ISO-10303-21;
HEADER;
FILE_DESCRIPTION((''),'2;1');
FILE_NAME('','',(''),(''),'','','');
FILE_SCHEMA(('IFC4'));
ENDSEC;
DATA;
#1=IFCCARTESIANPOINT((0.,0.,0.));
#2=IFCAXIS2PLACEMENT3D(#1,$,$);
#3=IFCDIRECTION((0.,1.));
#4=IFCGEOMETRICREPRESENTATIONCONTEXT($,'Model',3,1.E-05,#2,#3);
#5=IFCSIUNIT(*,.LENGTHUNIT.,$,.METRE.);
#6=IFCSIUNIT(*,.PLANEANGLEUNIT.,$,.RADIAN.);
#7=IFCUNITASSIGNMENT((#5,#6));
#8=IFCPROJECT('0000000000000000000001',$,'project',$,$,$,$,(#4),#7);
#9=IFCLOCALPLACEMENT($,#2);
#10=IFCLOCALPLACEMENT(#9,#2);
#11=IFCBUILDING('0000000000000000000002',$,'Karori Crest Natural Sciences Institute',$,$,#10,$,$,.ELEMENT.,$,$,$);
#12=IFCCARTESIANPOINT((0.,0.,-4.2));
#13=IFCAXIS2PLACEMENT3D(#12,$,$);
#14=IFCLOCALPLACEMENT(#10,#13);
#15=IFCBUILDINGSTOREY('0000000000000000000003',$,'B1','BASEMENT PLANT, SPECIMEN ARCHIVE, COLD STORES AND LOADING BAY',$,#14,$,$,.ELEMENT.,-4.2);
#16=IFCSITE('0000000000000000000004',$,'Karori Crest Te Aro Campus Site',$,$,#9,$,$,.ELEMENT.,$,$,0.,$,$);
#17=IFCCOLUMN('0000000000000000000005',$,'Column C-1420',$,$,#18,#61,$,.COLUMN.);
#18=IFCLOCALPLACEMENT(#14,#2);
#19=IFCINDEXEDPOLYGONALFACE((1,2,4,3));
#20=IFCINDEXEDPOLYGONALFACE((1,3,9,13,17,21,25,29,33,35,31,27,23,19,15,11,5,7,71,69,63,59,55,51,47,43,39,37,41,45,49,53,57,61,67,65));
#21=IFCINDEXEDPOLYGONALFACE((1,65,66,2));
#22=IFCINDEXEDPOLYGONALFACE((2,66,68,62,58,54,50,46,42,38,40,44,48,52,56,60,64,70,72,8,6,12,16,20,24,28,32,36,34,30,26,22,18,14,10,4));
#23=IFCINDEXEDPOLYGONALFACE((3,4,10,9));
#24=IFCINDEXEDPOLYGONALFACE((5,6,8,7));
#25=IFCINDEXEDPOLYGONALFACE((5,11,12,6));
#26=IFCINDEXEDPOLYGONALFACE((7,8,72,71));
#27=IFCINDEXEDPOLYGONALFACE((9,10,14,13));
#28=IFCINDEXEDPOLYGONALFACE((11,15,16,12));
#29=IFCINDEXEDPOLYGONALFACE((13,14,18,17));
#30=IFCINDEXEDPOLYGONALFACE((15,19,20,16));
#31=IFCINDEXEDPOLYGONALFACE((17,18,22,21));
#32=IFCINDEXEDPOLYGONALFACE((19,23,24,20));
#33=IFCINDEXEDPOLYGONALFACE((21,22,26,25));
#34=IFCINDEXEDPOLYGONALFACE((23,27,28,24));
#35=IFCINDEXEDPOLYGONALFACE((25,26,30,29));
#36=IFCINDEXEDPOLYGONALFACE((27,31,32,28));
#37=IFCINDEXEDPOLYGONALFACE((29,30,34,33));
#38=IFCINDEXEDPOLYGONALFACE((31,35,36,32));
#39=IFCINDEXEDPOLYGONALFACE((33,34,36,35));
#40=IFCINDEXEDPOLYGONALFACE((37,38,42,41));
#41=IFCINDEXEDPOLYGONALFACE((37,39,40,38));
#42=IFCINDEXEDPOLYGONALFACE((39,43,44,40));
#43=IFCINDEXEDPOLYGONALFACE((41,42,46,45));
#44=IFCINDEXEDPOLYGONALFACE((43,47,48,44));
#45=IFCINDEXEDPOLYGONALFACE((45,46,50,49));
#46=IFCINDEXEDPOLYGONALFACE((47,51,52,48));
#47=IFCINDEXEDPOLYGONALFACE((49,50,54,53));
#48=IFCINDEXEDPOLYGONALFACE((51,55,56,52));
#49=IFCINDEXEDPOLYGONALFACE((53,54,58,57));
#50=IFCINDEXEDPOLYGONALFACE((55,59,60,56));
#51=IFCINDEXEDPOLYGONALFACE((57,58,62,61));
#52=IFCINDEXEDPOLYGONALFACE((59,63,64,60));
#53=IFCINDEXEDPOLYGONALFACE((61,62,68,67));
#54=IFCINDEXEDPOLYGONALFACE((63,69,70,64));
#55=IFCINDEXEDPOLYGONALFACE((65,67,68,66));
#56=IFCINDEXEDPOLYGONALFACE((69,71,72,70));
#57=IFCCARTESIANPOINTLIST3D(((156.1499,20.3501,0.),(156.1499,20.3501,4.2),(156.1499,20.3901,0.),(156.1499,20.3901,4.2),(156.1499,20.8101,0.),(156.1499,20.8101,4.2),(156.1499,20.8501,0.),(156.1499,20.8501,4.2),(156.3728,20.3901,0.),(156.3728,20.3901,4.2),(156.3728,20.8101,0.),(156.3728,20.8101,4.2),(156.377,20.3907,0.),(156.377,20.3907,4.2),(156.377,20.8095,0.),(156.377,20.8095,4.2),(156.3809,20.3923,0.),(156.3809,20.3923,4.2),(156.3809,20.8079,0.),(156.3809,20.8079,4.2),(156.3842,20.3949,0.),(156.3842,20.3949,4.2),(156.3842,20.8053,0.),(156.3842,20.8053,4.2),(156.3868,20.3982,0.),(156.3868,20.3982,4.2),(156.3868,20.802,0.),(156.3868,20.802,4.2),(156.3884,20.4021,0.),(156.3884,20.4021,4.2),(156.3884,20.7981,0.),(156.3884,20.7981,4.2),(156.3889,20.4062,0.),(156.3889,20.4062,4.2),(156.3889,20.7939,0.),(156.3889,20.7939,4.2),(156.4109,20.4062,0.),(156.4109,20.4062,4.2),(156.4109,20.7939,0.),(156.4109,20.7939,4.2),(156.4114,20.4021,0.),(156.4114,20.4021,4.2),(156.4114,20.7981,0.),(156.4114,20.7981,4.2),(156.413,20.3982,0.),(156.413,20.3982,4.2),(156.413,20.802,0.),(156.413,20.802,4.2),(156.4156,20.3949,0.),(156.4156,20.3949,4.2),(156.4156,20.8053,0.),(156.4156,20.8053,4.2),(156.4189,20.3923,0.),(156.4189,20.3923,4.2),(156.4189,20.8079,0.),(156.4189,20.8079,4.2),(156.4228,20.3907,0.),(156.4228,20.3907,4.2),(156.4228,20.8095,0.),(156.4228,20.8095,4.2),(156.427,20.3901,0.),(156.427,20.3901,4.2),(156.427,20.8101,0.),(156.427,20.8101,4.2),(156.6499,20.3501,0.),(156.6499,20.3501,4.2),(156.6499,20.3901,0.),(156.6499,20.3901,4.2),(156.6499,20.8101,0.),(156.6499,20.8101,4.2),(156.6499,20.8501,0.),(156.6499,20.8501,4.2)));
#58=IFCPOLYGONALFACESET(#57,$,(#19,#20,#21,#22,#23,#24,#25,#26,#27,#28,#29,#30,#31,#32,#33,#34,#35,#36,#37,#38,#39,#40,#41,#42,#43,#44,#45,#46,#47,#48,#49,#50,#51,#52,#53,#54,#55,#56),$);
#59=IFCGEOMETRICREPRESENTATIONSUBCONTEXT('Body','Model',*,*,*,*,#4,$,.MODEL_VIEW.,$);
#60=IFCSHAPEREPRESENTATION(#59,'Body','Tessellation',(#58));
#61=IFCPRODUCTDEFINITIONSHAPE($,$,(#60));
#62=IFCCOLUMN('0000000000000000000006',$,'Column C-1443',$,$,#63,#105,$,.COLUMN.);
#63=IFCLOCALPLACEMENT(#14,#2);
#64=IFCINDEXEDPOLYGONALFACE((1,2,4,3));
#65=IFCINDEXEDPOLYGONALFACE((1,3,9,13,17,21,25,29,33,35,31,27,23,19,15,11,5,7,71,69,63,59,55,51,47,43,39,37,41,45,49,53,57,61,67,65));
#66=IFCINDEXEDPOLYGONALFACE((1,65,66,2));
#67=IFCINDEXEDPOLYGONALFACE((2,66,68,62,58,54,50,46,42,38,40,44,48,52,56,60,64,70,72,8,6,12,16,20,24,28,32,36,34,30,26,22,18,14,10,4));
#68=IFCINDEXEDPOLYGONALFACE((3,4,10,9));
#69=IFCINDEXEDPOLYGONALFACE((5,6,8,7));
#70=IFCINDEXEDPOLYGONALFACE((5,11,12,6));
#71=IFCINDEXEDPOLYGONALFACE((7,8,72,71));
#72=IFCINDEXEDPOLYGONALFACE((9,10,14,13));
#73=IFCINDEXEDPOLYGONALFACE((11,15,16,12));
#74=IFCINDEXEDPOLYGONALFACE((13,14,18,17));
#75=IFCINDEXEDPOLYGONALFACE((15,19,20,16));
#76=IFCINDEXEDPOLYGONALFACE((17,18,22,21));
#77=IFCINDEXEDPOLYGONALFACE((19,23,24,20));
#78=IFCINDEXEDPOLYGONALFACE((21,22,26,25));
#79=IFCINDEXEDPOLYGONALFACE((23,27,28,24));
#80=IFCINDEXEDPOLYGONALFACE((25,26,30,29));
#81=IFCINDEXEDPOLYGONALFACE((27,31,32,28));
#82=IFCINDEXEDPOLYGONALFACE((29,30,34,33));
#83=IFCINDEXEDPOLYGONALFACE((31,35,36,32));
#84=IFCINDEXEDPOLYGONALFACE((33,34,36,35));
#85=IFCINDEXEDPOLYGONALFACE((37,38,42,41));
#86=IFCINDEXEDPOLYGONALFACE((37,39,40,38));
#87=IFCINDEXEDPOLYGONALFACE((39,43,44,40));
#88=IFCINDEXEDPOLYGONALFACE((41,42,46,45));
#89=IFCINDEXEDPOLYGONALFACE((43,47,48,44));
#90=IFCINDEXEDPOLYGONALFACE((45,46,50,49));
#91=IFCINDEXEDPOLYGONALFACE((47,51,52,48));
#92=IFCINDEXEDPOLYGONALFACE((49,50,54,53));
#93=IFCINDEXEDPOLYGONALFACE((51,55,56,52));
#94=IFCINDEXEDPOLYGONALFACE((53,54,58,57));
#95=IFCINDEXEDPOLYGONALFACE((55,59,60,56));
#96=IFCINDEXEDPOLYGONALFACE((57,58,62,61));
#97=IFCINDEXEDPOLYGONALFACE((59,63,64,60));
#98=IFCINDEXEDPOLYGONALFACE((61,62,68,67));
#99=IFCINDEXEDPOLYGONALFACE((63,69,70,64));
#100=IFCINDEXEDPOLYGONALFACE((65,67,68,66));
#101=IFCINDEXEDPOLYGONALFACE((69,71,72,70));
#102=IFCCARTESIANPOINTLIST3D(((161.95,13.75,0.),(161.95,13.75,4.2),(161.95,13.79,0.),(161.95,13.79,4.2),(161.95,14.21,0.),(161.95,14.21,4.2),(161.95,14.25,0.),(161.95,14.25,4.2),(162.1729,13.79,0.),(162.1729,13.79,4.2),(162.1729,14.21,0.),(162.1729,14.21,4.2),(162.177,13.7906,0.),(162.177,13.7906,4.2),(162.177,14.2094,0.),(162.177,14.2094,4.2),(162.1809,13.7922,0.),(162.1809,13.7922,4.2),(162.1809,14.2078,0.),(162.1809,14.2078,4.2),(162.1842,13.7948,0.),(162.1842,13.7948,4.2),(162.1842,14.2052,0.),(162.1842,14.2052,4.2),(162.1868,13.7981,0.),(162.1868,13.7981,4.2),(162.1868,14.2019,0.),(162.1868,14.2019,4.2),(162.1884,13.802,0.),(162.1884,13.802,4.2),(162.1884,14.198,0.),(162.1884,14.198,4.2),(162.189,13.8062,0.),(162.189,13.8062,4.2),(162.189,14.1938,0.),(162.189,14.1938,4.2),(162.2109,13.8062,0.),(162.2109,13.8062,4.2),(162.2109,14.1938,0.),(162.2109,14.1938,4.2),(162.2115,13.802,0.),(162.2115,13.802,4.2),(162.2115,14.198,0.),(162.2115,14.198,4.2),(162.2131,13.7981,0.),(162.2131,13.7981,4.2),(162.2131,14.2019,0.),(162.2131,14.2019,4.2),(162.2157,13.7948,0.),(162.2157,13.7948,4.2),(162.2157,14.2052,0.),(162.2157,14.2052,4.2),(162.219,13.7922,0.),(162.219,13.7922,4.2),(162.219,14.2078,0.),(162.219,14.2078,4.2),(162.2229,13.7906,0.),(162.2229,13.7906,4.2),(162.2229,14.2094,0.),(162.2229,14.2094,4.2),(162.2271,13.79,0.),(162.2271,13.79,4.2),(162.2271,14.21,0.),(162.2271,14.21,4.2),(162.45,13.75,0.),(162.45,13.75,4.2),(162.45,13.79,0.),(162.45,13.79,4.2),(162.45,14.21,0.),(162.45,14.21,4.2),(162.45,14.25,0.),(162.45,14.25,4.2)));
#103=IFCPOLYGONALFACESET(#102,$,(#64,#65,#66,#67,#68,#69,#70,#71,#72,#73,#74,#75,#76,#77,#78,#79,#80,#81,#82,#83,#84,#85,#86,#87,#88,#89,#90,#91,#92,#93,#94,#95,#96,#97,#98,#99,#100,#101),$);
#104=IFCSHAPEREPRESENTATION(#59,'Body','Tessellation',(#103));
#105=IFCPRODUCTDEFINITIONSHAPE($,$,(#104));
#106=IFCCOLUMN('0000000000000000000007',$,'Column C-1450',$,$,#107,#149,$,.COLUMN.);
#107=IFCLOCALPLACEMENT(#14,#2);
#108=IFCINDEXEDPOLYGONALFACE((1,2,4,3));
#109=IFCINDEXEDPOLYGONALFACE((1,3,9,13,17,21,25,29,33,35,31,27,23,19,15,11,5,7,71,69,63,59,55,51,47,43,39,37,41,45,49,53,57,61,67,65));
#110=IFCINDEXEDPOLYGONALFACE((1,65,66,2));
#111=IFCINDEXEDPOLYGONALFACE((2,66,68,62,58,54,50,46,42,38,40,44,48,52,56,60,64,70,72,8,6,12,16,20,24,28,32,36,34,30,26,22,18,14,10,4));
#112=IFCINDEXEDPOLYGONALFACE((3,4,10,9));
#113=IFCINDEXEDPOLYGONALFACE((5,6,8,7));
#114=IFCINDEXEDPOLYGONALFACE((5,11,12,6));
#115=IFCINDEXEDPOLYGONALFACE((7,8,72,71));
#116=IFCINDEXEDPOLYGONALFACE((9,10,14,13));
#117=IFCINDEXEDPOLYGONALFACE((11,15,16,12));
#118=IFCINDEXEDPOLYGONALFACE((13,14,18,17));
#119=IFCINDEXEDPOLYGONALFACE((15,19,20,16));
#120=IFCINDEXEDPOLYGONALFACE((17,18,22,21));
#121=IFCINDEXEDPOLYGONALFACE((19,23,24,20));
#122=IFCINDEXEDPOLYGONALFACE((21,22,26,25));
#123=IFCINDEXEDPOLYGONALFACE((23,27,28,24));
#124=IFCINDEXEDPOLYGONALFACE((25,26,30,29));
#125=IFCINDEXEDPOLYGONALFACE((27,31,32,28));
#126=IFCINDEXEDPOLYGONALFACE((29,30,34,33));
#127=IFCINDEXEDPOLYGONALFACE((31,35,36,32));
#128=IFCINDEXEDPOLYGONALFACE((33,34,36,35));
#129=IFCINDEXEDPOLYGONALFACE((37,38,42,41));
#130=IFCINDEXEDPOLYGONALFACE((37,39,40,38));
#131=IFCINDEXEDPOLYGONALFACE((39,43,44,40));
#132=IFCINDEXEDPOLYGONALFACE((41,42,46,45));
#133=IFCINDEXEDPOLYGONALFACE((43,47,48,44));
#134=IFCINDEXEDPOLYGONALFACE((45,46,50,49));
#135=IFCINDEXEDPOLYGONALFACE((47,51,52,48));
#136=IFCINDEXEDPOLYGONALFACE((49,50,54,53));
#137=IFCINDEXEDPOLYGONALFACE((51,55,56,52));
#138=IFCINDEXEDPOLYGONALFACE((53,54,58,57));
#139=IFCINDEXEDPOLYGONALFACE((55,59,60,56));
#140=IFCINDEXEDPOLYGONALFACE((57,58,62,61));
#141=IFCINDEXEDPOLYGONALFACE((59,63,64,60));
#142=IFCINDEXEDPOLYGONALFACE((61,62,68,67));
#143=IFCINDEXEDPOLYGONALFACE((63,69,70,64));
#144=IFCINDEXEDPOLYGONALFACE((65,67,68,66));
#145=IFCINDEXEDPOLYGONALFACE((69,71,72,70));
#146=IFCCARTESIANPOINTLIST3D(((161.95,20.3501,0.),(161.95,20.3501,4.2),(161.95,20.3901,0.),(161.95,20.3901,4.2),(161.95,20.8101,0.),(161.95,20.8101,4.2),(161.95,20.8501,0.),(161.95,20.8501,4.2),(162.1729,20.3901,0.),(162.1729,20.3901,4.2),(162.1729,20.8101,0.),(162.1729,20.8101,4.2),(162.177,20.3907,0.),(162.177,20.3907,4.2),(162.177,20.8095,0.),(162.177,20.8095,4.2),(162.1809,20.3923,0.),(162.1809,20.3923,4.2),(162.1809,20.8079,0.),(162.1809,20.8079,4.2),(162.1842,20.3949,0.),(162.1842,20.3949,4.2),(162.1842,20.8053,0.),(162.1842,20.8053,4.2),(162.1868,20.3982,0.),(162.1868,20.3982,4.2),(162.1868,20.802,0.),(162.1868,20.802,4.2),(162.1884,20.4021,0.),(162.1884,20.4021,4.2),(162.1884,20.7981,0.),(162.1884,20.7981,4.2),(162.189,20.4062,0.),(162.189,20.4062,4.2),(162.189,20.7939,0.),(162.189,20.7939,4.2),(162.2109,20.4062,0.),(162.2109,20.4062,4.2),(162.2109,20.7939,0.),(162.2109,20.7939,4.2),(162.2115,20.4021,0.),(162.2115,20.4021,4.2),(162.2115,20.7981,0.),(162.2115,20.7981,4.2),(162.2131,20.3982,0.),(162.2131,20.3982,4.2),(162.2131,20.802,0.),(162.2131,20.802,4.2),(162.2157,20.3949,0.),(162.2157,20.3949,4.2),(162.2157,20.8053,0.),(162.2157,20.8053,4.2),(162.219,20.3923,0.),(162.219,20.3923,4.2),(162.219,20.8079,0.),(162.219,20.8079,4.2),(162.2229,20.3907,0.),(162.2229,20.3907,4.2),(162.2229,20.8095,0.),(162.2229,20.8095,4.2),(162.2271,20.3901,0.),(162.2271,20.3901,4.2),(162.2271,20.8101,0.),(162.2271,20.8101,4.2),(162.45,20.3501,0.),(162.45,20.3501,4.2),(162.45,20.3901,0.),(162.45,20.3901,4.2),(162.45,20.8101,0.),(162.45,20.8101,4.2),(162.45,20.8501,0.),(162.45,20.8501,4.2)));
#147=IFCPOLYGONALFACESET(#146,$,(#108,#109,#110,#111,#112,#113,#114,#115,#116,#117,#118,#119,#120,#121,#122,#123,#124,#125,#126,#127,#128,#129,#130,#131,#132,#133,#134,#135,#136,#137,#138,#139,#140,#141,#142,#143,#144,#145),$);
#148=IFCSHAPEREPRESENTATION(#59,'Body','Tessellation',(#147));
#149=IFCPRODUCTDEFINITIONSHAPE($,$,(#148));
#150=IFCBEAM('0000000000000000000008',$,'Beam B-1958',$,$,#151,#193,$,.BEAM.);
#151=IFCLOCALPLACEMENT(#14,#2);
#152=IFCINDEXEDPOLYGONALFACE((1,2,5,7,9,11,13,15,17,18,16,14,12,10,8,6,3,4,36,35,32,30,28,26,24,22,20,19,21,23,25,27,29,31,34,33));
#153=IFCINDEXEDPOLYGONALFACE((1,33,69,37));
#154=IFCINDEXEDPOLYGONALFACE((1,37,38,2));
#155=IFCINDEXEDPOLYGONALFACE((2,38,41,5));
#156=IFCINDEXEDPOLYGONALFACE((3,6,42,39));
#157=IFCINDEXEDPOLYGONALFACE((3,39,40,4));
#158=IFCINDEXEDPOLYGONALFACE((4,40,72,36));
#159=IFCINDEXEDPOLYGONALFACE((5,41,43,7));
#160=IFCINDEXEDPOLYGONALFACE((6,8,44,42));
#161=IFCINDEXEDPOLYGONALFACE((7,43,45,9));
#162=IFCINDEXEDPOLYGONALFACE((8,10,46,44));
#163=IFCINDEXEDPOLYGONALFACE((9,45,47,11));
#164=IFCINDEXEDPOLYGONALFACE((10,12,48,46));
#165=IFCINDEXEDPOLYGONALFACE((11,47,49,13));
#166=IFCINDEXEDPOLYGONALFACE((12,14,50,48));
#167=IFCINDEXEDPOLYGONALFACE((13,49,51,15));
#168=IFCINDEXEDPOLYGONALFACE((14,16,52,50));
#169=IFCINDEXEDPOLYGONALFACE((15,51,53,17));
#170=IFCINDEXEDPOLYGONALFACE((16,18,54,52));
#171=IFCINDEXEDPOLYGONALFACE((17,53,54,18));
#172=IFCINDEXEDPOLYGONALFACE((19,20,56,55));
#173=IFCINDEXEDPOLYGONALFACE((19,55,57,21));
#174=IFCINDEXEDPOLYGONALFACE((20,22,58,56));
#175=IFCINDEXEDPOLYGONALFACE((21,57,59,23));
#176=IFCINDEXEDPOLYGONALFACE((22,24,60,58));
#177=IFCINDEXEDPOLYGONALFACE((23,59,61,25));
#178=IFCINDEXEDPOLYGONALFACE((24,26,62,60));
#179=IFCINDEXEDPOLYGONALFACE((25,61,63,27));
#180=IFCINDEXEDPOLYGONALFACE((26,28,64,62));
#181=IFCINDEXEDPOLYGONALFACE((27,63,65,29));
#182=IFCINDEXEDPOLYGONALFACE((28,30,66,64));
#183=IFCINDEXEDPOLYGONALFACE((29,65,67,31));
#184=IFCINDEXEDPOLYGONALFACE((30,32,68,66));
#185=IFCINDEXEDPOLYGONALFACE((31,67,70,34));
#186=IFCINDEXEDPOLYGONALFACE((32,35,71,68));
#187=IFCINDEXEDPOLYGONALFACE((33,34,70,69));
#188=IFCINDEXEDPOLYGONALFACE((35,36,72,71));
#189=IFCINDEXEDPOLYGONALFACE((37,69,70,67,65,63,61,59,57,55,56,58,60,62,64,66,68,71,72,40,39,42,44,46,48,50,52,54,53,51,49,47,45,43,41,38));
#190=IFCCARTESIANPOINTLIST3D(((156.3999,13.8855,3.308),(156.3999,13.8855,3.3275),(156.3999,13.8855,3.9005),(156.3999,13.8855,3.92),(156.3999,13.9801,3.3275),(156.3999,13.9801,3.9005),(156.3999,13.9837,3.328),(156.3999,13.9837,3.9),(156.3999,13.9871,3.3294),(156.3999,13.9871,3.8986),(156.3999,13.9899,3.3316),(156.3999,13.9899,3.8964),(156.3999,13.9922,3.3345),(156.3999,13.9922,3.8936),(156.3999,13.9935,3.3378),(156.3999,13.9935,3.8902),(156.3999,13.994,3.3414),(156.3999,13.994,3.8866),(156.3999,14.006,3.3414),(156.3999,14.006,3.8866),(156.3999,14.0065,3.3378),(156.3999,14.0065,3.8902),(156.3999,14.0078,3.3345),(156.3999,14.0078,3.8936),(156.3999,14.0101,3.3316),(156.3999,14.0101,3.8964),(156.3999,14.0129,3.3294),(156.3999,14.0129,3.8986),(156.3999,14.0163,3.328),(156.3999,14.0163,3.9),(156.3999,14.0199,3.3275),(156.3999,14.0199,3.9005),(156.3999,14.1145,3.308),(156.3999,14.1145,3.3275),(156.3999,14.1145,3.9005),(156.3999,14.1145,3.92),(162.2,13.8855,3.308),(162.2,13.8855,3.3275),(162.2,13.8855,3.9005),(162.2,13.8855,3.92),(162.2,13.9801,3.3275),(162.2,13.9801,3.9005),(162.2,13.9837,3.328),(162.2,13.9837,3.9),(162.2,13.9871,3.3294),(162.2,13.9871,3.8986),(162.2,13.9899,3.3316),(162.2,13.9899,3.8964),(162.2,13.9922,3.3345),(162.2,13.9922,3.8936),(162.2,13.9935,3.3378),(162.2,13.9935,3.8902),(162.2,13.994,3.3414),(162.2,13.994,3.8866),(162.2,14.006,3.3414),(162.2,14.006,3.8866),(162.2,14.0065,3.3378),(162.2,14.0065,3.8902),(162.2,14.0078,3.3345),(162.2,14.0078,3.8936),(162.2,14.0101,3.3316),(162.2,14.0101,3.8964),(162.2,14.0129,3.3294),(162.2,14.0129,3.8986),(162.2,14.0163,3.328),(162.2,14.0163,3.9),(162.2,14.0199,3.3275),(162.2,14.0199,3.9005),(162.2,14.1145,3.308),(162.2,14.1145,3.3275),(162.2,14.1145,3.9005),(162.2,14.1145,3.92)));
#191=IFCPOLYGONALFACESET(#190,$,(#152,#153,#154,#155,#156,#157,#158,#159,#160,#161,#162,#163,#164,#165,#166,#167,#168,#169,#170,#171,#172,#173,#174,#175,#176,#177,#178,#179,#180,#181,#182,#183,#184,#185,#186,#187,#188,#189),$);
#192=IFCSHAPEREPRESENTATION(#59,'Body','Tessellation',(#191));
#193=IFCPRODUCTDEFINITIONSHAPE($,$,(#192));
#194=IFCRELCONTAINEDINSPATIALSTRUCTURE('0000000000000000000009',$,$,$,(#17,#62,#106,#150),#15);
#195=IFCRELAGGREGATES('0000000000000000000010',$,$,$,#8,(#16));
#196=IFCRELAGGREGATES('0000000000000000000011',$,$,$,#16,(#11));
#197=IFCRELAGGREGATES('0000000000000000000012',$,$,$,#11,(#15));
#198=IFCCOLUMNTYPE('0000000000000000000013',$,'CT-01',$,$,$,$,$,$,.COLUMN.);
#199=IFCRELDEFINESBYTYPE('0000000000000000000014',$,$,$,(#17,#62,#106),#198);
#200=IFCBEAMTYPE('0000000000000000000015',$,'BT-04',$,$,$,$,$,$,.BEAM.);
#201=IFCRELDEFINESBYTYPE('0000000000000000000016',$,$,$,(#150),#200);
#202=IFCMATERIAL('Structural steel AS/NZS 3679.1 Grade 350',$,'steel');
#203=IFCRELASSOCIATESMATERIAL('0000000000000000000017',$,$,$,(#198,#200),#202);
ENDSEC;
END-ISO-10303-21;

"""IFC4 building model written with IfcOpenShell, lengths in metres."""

from ifc_helpers import new_model, si_unit, direction, frame, origin, origin_2d, place, context, subcontext, project, spatial, i_section, extrude, material, material_profile, profile_set, type_object, element, save


model = new_model("IFC4")

# Units and contexts
model_context = context("Model", 3, precision=1e-05, world=origin(), true_north=direction((0.0, 1.0)))
body_context = subcontext(model_context, "Body", "Model", "MODEL_VIEW")
ifc_project = project(units=[si_unit("LENGTHUNIT", "METRE"), si_unit("PLANEANGLEUNIT", "RADIAN")], contexts=[model_context])

# Site, building, storey
site_placement = place(None, origin())
site = spatial("IfcSite", under=ifc_project, at=site_placement, Name="Karori Crest Te Aro Campus Site", CompositionType="ELEMENT", RefElevation=0.0)
building_placement = place(site_placement, origin())
building = spatial("IfcBuilding", under=site, at=building_placement, Name="Karori Crest Natural Sciences Institute", CompositionType="ELEMENT")
storey_placement = place(building_placement, frame((0.0, 0.0, -4.2)))
storey = spatial("IfcBuildingStorey", under=building, at=storey_placement, Name="B1", Description="BASEMENT PLANT, SPECIMEN ARCHIVE, COLD STORES AND LOADING BAY", CompositionType="ELEMENT", Elevation=-4.2)

# Columns
ifc_material_1 = material(Name="Structural steel AS/NZS 3679.1 Grade 350", Category="steel")
ifc_material_profile_1 = material_profile(ifc_material_1, i_section(OverallWidth=0.5, OverallDepth=0.5, WebThickness=0.022, FlangeThickness=0.04, FilletRadius=0.0161, at=origin_2d()), Name="500WC440")
ifc_profile_set_1 = profile_set([ifc_material_profile_1], Name="Structural steel AS/NZS 3679.1 Grade 350")
column_type = type_object("IfcColumnType", Name="CT-01", PredefinedType="COLUMN", material=ifc_profile_set_1)
for number, where, z_axis, x_axis, name in (
    (1, (156.3999, 20.6001, 0.0), (0.0, 0.0, 1.0), (1.0, 0.0, 0.0), "Column C-1420"),
    (2, (162.2, 14.0, 0.0), (0.0, 0.0, 1.0), (1.0, 0.0, 0.0), "Column C-1443"),
    (3, (162.2, 20.6001, 0.0), (0.0, 0.0, 1.0), (1.0, 0.0, 0.0), "Column C-1450"),
):
    element("IfcColumn", number, at=place(storey_placement, frame(where, z_axis=z_axis, x_axis=x_axis)), inside=storey, type_object=column_type, Name=name, PredefinedType="COLUMN", context=body_context, shape_type="SweptSolid", body=[
        extrude(i_section(OverallWidth=0.5, OverallDepth=0.5, WebThickness=0.022, FlangeThickness=0.04, FilletRadius=0.0161, at=origin_2d()), origin(), (0.0, 0.0, 1.0), 4.2),
    ])

# Beam
ifc_material_profile_2 = material_profile(ifc_material_1, i_section(OverallWidth=0.229, OverallDepth=0.6121, WebThickness=0.012, FlangeThickness=0.0195, FilletRadius=0.0139, at=origin_2d()), Name="610UB125")
ifc_profile_set_2 = profile_set([ifc_material_profile_2], Name="Structural steel AS/NZS 3679.1 Grade 350")
beam_type_1 = type_object("IfcBeamType", Name="BT-04", PredefinedType="BEAM", material=ifc_profile_set_2)
beam_1_placement = place(storey_placement, frame((156.3999, 14.0, 3.614), z_axis=(1.0, 0.0, 0.0), x_axis=(0.0, 1.0, 0.0)))
element("IfcBeam", 4, at=beam_1_placement, inside=storey, type_object=beam_type_1, Name="Beam B-1958", PredefinedType="BEAM", context=body_context, shape_type="SweptSolid", body=[
    extrude(i_section(OverallWidth=0.229, OverallDepth=0.6121, WebThickness=0.012, FlangeThickness=0.0195, FilletRadius=0.0139, at=origin_2d()), origin(), (0.0, 0.0, 1.0), 5.8),
])

save(model, "model.ifc")
